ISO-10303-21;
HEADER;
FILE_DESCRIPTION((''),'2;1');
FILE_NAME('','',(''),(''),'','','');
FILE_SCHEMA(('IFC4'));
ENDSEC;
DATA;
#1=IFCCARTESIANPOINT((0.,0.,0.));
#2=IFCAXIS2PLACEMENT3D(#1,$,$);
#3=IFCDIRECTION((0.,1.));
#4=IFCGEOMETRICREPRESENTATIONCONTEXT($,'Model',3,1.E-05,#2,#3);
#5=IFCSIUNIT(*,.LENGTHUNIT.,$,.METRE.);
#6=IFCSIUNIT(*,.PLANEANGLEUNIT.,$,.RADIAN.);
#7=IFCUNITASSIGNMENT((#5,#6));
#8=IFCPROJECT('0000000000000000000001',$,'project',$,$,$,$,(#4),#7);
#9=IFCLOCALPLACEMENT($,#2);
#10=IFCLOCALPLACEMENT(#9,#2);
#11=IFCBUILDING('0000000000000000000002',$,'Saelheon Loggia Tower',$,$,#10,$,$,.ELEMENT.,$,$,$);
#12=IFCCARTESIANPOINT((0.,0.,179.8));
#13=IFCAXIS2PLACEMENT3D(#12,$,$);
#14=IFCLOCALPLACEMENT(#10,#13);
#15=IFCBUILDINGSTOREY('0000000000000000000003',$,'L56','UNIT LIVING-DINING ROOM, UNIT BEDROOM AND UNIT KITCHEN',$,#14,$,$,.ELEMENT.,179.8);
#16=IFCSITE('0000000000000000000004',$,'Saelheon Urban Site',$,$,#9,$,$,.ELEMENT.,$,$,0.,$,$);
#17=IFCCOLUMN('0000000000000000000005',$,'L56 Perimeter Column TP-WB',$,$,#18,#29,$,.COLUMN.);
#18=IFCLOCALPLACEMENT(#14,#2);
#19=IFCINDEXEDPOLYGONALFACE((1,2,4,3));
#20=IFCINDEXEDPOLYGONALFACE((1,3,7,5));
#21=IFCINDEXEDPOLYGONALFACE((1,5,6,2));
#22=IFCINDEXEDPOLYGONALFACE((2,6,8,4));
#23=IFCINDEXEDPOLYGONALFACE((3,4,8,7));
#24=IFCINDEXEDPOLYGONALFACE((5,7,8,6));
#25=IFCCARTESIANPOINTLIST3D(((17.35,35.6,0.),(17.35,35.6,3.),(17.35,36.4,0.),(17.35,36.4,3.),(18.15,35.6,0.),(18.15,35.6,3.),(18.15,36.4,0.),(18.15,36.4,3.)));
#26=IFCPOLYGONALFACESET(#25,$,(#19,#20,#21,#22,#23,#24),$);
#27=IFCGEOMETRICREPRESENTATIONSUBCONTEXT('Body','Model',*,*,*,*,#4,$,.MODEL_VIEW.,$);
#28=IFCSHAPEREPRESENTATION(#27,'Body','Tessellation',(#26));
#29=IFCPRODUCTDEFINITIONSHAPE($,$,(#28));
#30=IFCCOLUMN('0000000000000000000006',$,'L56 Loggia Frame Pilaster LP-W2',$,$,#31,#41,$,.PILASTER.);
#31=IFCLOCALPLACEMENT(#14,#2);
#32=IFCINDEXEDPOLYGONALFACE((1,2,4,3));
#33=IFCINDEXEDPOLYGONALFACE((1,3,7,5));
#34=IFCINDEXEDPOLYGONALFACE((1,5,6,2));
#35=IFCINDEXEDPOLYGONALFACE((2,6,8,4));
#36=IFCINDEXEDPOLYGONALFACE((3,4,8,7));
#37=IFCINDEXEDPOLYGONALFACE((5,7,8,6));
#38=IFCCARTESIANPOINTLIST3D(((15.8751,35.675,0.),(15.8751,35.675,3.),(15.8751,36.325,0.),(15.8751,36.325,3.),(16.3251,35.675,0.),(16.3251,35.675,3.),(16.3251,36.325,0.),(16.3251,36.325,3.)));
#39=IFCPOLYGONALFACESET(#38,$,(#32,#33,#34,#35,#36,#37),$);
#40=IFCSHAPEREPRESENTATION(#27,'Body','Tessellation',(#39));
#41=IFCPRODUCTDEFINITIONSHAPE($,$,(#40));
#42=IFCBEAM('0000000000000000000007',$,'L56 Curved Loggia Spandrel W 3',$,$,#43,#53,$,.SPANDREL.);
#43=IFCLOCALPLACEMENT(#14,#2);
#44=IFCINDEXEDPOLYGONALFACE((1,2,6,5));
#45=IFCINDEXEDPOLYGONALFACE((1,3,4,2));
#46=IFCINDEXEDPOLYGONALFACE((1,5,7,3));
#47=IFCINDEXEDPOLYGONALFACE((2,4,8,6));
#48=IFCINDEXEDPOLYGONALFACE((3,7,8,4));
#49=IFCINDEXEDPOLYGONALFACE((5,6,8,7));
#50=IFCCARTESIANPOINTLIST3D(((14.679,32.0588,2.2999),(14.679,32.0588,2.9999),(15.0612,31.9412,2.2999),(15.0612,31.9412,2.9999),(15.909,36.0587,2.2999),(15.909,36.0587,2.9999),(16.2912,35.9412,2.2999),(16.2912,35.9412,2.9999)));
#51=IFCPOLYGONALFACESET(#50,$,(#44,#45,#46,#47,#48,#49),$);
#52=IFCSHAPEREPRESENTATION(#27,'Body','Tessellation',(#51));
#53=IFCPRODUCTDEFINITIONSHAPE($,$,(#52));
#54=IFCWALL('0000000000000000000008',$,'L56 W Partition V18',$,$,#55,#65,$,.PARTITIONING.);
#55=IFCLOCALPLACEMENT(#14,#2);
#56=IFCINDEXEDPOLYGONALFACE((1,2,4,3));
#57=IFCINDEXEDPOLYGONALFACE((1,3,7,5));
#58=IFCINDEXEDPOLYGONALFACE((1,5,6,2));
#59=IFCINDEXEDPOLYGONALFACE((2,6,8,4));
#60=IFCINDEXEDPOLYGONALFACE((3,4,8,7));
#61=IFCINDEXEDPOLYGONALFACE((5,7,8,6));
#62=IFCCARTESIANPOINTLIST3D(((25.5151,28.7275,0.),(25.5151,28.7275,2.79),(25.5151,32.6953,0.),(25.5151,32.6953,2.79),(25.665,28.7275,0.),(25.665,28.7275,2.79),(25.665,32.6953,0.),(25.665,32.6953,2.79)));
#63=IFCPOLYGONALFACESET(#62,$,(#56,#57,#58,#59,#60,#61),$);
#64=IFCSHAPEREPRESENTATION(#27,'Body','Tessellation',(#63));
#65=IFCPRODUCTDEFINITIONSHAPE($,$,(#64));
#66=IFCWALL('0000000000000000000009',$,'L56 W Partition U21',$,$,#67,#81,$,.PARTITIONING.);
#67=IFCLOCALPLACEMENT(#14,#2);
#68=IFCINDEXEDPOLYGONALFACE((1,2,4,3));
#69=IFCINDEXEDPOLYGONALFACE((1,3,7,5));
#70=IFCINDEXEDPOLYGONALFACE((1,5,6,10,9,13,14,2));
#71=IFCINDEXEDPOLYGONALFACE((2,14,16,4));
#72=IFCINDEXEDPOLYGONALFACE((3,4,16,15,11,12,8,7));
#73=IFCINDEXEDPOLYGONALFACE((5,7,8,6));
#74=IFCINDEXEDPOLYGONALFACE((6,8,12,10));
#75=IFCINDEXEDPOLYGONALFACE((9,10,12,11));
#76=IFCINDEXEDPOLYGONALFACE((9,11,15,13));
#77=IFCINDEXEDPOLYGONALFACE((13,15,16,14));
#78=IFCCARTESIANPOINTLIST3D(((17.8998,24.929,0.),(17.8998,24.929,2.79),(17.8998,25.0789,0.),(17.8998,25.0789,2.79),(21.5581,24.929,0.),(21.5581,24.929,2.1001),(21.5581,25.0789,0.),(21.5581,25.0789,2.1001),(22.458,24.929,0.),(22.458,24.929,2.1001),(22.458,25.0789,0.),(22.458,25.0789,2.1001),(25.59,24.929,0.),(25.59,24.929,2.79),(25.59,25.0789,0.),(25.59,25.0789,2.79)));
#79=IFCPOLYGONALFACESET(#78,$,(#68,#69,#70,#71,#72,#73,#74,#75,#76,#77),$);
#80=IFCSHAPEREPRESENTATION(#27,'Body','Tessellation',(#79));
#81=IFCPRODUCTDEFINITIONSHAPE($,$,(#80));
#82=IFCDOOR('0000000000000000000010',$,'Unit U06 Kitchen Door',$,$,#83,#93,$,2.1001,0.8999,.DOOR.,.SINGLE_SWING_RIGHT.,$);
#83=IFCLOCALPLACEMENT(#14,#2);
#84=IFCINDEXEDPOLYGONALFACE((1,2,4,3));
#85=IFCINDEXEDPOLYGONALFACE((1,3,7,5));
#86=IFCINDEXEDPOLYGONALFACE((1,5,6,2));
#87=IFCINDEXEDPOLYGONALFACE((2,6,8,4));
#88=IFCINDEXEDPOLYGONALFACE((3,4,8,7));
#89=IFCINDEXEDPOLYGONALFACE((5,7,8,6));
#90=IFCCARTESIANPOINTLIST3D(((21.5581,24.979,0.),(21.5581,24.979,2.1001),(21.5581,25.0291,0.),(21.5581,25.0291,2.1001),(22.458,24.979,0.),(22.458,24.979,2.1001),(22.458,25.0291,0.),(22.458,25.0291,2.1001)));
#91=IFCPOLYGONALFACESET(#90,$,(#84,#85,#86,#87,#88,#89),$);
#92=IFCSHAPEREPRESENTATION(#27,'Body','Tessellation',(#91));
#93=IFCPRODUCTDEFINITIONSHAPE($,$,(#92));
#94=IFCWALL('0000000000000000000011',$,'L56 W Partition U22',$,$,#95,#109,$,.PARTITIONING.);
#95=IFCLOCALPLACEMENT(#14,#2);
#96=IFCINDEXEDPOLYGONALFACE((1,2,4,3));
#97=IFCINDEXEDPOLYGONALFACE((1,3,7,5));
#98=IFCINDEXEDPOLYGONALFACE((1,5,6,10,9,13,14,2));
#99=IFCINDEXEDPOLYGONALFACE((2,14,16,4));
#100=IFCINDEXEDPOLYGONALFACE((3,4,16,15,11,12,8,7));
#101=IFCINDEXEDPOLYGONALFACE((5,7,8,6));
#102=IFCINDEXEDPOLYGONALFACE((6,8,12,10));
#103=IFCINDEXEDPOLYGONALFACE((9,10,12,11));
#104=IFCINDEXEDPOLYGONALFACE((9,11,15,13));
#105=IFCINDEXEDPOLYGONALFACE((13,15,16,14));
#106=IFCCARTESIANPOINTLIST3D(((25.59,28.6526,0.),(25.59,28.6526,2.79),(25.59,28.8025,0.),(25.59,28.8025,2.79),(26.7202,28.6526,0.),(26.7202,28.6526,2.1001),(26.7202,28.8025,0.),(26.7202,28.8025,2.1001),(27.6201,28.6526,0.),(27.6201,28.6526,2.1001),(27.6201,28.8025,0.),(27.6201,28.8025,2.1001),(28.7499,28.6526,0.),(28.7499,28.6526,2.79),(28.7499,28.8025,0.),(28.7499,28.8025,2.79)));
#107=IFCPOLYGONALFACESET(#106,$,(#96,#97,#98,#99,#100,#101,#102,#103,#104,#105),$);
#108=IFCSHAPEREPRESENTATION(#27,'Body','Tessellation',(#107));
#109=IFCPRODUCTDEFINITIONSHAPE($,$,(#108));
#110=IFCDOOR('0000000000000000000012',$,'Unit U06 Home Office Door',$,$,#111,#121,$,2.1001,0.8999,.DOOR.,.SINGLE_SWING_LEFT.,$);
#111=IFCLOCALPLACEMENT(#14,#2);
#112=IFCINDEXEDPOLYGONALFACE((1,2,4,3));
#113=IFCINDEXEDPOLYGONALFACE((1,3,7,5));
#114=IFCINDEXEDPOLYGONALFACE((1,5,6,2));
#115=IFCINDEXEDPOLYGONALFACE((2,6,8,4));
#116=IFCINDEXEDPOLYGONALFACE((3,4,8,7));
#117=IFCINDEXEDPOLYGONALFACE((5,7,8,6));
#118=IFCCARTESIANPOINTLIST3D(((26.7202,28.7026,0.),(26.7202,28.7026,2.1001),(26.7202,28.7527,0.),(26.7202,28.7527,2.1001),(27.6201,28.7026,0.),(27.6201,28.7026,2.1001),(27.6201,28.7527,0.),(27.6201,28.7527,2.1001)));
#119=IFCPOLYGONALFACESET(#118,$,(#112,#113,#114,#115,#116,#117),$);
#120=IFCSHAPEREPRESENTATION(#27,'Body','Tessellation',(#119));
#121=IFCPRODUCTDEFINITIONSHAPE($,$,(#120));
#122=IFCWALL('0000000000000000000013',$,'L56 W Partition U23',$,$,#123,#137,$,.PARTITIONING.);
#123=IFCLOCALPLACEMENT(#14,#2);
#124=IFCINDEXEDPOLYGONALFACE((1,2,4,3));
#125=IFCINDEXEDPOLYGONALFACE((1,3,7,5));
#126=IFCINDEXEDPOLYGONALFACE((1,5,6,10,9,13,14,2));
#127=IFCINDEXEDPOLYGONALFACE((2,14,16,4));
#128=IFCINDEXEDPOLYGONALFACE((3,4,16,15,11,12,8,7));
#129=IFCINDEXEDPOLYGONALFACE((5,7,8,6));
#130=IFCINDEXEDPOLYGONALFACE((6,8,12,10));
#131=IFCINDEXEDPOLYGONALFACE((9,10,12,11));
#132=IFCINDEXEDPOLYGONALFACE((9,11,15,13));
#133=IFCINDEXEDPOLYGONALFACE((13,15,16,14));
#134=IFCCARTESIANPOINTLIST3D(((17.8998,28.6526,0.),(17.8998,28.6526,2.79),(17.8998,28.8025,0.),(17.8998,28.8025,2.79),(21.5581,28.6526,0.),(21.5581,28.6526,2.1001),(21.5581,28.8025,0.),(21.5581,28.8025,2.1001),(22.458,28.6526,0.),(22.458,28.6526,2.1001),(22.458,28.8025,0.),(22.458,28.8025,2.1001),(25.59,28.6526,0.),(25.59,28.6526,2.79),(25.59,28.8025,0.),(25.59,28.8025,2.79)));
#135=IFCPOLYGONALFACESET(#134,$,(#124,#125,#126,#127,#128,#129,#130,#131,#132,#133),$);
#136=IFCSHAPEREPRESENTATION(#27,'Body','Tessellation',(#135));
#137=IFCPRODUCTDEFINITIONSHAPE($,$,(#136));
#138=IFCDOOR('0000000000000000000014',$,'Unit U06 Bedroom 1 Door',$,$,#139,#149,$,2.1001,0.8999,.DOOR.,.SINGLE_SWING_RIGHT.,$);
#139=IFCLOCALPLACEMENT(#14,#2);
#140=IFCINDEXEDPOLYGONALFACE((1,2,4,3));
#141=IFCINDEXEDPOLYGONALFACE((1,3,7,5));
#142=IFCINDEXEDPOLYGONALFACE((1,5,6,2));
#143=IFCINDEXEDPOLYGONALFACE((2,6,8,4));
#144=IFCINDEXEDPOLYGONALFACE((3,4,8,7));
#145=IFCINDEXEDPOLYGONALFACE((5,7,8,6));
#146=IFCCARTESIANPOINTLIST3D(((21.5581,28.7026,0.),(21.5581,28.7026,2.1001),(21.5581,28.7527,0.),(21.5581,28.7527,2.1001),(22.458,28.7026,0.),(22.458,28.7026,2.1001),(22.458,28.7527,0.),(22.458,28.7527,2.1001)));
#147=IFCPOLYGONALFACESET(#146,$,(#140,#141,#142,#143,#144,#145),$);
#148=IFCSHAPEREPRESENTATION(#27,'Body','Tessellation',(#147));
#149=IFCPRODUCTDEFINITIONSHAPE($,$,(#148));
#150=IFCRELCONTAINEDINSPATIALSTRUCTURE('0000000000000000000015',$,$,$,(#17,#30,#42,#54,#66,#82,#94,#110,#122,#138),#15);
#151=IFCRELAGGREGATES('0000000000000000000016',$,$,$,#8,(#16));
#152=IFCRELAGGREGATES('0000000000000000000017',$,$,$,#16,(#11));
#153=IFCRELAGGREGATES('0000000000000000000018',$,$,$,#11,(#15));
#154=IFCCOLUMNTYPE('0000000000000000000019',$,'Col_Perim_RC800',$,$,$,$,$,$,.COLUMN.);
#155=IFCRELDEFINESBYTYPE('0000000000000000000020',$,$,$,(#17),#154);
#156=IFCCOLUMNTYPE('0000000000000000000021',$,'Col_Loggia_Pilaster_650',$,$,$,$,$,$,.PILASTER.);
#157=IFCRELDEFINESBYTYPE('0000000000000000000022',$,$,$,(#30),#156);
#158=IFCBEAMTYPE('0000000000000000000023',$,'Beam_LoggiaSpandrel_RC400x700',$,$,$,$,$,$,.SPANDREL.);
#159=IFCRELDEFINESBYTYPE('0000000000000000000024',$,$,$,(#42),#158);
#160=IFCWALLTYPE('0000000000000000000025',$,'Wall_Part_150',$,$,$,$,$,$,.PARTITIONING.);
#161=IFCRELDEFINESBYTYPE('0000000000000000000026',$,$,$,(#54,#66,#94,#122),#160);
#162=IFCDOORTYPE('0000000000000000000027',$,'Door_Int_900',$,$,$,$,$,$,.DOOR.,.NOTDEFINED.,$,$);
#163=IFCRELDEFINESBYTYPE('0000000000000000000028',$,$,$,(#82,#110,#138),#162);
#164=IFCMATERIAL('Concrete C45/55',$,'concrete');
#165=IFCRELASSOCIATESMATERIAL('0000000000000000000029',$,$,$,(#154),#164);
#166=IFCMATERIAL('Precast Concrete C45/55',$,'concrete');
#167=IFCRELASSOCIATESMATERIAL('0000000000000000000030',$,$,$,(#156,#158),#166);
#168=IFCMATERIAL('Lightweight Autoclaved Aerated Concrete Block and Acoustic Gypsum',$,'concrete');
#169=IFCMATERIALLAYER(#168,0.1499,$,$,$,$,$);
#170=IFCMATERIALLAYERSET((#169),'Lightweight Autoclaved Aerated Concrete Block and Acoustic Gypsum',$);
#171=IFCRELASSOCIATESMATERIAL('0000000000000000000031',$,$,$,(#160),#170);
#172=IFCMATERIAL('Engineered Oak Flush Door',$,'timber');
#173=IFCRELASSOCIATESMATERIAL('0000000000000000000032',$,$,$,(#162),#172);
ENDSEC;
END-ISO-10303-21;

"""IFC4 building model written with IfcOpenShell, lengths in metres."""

from ifc_helpers import new_model, si_unit, direction, frame, frame_2d, origin, origin_2d, place, context, subcontext, project, spatial, rectangle, extrude, source, transform, mapped, material, layer, layer_set, material_profile, profile_set, type_object, element, fill, save


model = new_model("IFC4")

# Units and contexts
model_context = context("Model", 3, precision=1e-05, world=origin(), true_north=direction((0.0, 1.0)))
body_context = subcontext(model_context, "Body", "Model", "MODEL_VIEW")
ifc_project = project(units=[si_unit("LENGTHUNIT", "METRE"), si_unit("PLANEANGLEUNIT", "RADIAN")], contexts=[model_context])

# Site, building, storey
site_placement = place(None, origin())
site = spatial("IfcSite", under=ifc_project, at=site_placement, Name="Saelheon Urban Site", CompositionType="ELEMENT", RefElevation=0.0)
building_placement = place(site_placement, origin())
building = spatial("IfcBuilding", under=site, at=building_placement, Name="Saelheon Loggia Tower", CompositionType="ELEMENT")
storey_placement = place(building_placement, frame((0.0, 0.0, 179.8)))
storey = spatial("IfcBuildingStorey", under=building, at=storey_placement, Name="L56", Description="UNIT LIVING-DINING ROOM, UNIT BEDROOM AND UNIT KITCHEN", CompositionType="ELEMENT", Elevation=179.8)

# Columns
ifc_material_1 = material(Name="Concrete C45/55", Category="concrete")
ifc_material_profile_1 = material_profile(ifc_material_1, rectangle(XDim=0.8, YDim=0.8, at=origin_2d()), Name="RC-800x800")
ifc_profile_set_1 = profile_set([ifc_material_profile_1], Name="Concrete C45/55")
column_type_1 = type_object("IfcColumnType", Name="Col_Perim_RC800", PredefinedType="COLUMN", material=ifc_profile_set_1)
shared_shape_1 = source(origin(), body_context, "Body", "SweptSolid", [
    extrude(rectangle(XDim=0.8, YDim=0.8, at=origin_2d()), origin(), (0.0, 0.0, 1.0), 3.0),
])
column_1_placement = place(storey_placement, frame((17.75, 36.0, 0.0), z_axis=(0.0, 0.0, 1.0), x_axis=(1.0, 0.0, 0.0)))
element("IfcColumn", 1, at=column_1_placement, inside=storey, type_object=column_type_1, Name="L56 Perimeter Column TP-WB", PredefinedType="COLUMN", context=body_context, shape_type="MappedRepresentation", body=[
    mapped(shared_shape_1, transform((0.0, 0.0, 0.0), scale=1.0)),
])
ifc_material_2 = material(Name="Precast Concrete C45/55", Category="concrete")
ifc_material_profile_2 = material_profile(ifc_material_2, rectangle(XDim=0.45, YDim=0.6499, at=origin_2d()), Name="RC-450x650")
ifc_profile_set_2 = profile_set([ifc_material_profile_2], Name="Precast Concrete C45/55")
column_type_2 = type_object("IfcColumnType", Name="Col_Loggia_Pilaster_650", PredefinedType="PILASTER", material=ifc_profile_set_2)
shared_shape_2 = source(origin(), body_context, "Body", "SweptSolid", [
    extrude(rectangle(XDim=0.45, YDim=0.6499, at=origin_2d()), origin(), (0.0, 0.0, 1.0), 3.0),
])
column_2_placement = place(storey_placement, frame((16.1001, 36.0, 0.0), z_axis=(0.0, 0.0, 1.0), x_axis=(1.0, 0.0, 0.0)))
element("IfcColumn", 2, at=column_2_placement, inside=storey, type_object=column_type_2, Name="L56 Loggia Frame Pilaster LP-W2", PredefinedType="PILASTER", context=body_context, shape_type="MappedRepresentation", body=[
    mapped(shared_shape_2, transform((0.0, 0.0, 0.0), scale=1.0)),
])

# Beam
ifc_material_profile_3 = material_profile(ifc_material_2, rectangle(XDim=0.3999, YDim=0.7, at=origin_2d()), Name="RC-400x700")
ifc_profile_set_3 = profile_set([ifc_material_profile_3], Name="Precast Concrete C45/55")
beam_type = type_object("IfcBeamType", Name="Beam_LoggiaSpandrel_RC400x700", PredefinedType="SPANDREL", material=ifc_profile_set_3)
shared_shape_3 = source(origin(), body_context, "Body", "SweptSolid", [
    extrude(rectangle(XDim=0.3999, YDim=0.7, at=origin_2d()), origin(), (0.0, 0.0, 1.0), 4.1848),
])
beam_placement = place(storey_placement, frame((14.8701, 32.0, 2.6499), z_axis=(0.293914, 0.955832, 0.0), x_axis=(-0.955832, 0.293914, 0.0)))
element("IfcBeam", 3, at=beam_placement, inside=storey, type_object=beam_type, Name="L56 Curved Loggia Spandrel W 3", PredefinedType="SPANDREL", context=body_context, shape_type="MappedRepresentation", body=[
    mapped(shared_shape_3, transform((0.0, 0.0, 0.0), scale=1.0)),
])

# Wall
ifc_material_3 = material(Name="Lightweight Autoclaved Aerated Concrete Block and Acoustic Gypsum", Category="concrete")
ifc_layer_1 = layer(ifc_material_3, 0.1499)
ifc_layer_set_1 = layer_set([ifc_layer_1], Name="Lightweight Autoclaved Aerated Concrete Block and Acoustic Gypsum")
wall_type_1 = type_object("IfcWallType", Name="Wall_Part_150", PredefinedType="PARTITIONING", material=ifc_layer_set_1)
wall_1_placement = place(storey_placement, frame((25.5901, 28.7275, 0.0), z_axis=(0.0, 0.0, 1.0), x_axis=(0.0, 1.0, 0.0)))
element("IfcWall", 4, at=wall_1_placement, inside=storey, type_object=wall_type_1, Name="L56 W Partition V18", PredefinedType="PARTITIONING", context=body_context, shape_type="SweptSolid", body=[
    extrude(rectangle(XDim=3.9678, YDim=0.1499, at=frame_2d((1.9839, 0.0))), origin(), (0.0, 0.0, 1.0), 2.79),
])

# Walls, openings, doors
wall_2_placement = place(storey_placement, frame((25.5901, 25.0039, 0.0), z_axis=(0.0, 0.0, 1.0), x_axis=(-1.0, 0.0, 0.0)))
wall_2 = element("IfcWall", 5, at=wall_2_placement, inside=storey, type_object=wall_type_1, Name="L56 W Partition U21", PredefinedType="PARTITIONING", context=body_context, shape_type="SweptSolid", body=[
    extrude(rectangle(XDim=7.6902, YDim=0.1499, at=frame_2d((3.8452, 0.0))), origin(), (0.0, 0.0, 1.0), 2.79),
])
opening_1_placement = place(wall_2_placement, frame((3.1321, 0.0, 0.0)))
opening_1 = element("IfcOpeningElement", 6, at=opening_1_placement, cuts=wall_2, PredefinedType="OPENING", context=body_context, shape_type="SweptSolid", body=[
    extrude(rectangle(XDim=0.8999, YDim=2.1001, at=frame_2d((0.45, 1.05))), frame((0.0, 0.0869, 0.0), z_axis=(0.0, -1.0, 0.0), x_axis=(1.0, 0.0, 0.0)), (0.0, 0.0, 1.0), 0.1738),
])
ifc_material_4 = material(Name="Engineered Oak Flush Door", Category="timber")
door_type_1 = type_object("IfcDoorType", Name="Door_Int_900", OperationType="NOTDEFINED", PredefinedType="DOOR", material=ifc_material_4)
shared_shape_4 = source(origin(), body_context, "Body", "SweptSolid", [
    extrude(rectangle(XDim=0.8999, YDim=2.1001, at=frame_2d((0.45, 1.05))), frame((0.0, 0.0249, 0.0), z_axis=(0.0, -1.0, 0.0), x_axis=(1.0, 0.0, 0.0)), (0.0, 0.0, 1.0), 0.05),
])
door_1_placement = place(opening_1_placement, origin())
door_1 = element("IfcDoor", 7, at=door_1_placement, inside=storey, type_object=door_type_1, Name="Unit U06 Kitchen Door", OperationType="SINGLE_SWING_RIGHT", OverallHeight=2.1001, OverallWidth=0.8999, PredefinedType="DOOR", context=body_context, shape_type="MappedRepresentation", body=[
    mapped(shared_shape_4, transform((0.0, 0.0, 0.0), scale=1.0)),
])
fill(opening_1, door_1)
wall_3_placement = place(storey_placement, frame((28.75, 28.7275, 0.0), z_axis=(0.0, 0.0, 1.0), x_axis=(-1.0, 0.0, 0.0)))
wall_3 = element("IfcWall", 8, at=wall_3_placement, inside=storey, type_object=wall_type_1, Name="L56 W Partition U22", PredefinedType="PARTITIONING", context=body_context, shape_type="SweptSolid", body=[
    extrude(rectangle(XDim=3.1599, YDim=0.1499, at=frame_2d((1.5801, 0.0))), origin(), (0.0, 0.0, 1.0), 2.79),
])
opening_2_placement = place(wall_3_placement, frame((1.1299, 0.0, 0.0)))
opening_2 = element("IfcOpeningElement", 9, at=opening_2_placement, cuts=wall_3, PredefinedType="OPENING", context=body_context, shape_type="SweptSolid", body=[
    extrude(rectangle(XDim=0.8999, YDim=2.1001, at=frame_2d((0.45, 1.05))), frame((0.0, 0.0869, 0.0), z_axis=(0.0, -1.0, 0.0), x_axis=(1.0, 0.0, 0.0)), (0.0, 0.0, 1.0), 0.1738),
])
door_2_placement = place(opening_2_placement, origin())
door_2 = element("IfcDoor", 10, at=door_2_placement, inside=storey, type_object=door_type_1, Name="Unit U06 Home Office Door", OperationType="SINGLE_SWING_LEFT", OverallHeight=2.1001, OverallWidth=0.8999, PredefinedType="DOOR", context=body_context, shape_type="MappedRepresentation", body=[
    mapped(shared_shape_4, transform((0.0, 0.0, 0.0), scale=1.0)),
])
fill(opening_2, door_2)
wall_4_placement = place(storey_placement, frame((25.5901, 28.7275, 0.0), z_axis=(0.0, 0.0, 1.0), x_axis=(-1.0, 0.0, 0.0)))
wall_4 = element("IfcWall", 11, at=wall_4_placement, inside=storey, type_object=wall_type_1, Name="L56 W Partition U23", PredefinedType="PARTITIONING", context=body_context, shape_type="SweptSolid", body=[
    extrude(rectangle(XDim=7.6902, YDim=0.1499, at=frame_2d((3.8452, 0.0))), origin(), (0.0, 0.0, 1.0), 2.79),
])
opening_3_placement = place(wall_4_placement, frame((3.1321, 0.0, 0.0)))
opening_3 = element("IfcOpeningElement", 12, at=opening_3_placement, cuts=wall_4, PredefinedType="OPENING", context=body_context, shape_type="SweptSolid", body=[
    extrude(rectangle(XDim=0.8999, YDim=2.1001, at=frame_2d((0.45, 1.05))), frame((0.0, 0.0869, 0.0), z_axis=(0.0, -1.0, 0.0), x_axis=(1.0, 0.0, 0.0)), (0.0, 0.0, 1.0), 0.1738),
])
door_3_placement = place(opening_3_placement, origin())
door_3 = element("IfcDoor", 13, at=door_3_placement, inside=storey, type_object=door_type_1, Name="Unit U06 Bedroom 1 Door", OperationType="SINGLE_SWING_RIGHT", OverallHeight=2.1001, OverallWidth=0.8999, PredefinedType="DOOR", context=body_context, shape_type="MappedRepresentation", body=[
    mapped(shared_shape_4, transform((0.0, 0.0, 0.0), scale=1.0)),
])
fill(opening_3, door_3)

save(model, "model.ifc")
